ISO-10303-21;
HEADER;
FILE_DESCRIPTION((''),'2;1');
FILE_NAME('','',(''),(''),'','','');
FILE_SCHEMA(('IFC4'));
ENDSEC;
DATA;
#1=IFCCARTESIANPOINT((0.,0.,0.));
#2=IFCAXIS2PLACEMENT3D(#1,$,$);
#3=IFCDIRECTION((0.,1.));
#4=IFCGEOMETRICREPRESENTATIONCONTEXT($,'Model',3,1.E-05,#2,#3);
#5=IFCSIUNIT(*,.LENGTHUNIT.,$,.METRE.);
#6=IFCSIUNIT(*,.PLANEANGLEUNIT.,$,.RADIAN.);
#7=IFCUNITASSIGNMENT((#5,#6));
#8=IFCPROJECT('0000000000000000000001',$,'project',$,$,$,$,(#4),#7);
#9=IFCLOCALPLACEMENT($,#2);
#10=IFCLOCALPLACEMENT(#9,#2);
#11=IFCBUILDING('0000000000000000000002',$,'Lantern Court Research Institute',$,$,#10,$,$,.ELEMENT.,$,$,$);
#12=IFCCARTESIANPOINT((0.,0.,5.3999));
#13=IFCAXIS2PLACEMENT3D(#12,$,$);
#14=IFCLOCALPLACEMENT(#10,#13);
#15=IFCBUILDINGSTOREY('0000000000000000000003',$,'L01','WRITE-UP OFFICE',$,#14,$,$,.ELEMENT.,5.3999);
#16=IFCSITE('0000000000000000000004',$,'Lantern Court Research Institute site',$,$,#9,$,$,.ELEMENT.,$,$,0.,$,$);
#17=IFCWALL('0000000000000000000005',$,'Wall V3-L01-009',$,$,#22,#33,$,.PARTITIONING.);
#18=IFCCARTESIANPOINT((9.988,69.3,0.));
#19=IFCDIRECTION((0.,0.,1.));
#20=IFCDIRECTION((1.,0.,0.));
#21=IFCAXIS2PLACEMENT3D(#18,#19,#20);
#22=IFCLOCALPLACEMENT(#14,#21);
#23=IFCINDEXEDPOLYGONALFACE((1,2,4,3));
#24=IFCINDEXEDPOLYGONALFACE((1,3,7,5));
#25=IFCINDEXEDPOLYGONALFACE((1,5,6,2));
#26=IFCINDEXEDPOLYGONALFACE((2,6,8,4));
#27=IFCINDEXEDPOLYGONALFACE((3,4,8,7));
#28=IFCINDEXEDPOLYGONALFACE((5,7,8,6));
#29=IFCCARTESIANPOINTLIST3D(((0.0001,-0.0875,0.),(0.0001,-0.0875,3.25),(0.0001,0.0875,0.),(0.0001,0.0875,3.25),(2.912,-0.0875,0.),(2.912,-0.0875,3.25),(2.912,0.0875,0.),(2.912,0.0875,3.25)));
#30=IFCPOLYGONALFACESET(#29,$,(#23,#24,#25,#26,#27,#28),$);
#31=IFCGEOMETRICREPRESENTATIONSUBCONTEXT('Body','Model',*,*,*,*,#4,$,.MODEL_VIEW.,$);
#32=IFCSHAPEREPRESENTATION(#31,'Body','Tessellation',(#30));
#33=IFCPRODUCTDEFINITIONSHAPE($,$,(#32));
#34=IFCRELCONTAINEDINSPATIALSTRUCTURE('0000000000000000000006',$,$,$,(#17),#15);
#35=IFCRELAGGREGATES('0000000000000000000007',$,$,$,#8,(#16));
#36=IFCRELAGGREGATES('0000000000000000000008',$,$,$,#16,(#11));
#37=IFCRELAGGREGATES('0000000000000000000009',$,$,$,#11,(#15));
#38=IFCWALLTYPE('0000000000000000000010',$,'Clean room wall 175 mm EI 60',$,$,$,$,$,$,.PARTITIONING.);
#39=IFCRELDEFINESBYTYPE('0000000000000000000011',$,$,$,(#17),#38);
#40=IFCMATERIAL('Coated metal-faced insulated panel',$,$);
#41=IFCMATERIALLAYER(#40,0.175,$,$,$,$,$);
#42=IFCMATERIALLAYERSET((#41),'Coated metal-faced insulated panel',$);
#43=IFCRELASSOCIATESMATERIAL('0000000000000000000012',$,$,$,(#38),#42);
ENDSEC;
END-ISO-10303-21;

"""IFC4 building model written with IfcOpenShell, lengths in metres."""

from ifc_helpers import new_model, si_unit, direction, frame, frame_2d, origin, place, context, subcontext, project, spatial, rectangle, extrude, material, layer, layer_set, type_object, element, save


model = new_model("IFC4")

# Units and contexts
model_context = context("Model", 3, precision=1e-05, world=origin(), true_north=direction((0.0, 1.0)))
body_context = subcontext(model_context, "Body", "Model", "MODEL_VIEW")
ifc_project = project(units=[si_unit("LENGTHUNIT", "METRE"), si_unit("PLANEANGLEUNIT", "RADIAN")], contexts=[model_context])

# Site, building, storey
site_placement = place(None, origin())
site = spatial("IfcSite", under=ifc_project, at=site_placement, Name="Lantern Court Research Institute site", CompositionType="ELEMENT", RefElevation=0.0)
building_placement = place(site_placement, origin())
building = spatial("IfcBuilding", under=site, at=building_placement, Name="Lantern Court Research Institute", CompositionType="ELEMENT")
storey_placement = place(building_placement, frame((0.0, 0.0, 5.3999)))
storey = spatial("IfcBuildingStorey", under=building, at=storey_placement, Name="L01", Description="WRITE-UP OFFICE", CompositionType="ELEMENT", Elevation=5.3999)

# Wall
ifc_material_1 = material(Name="Coated metal-faced insulated panel")
ifc_layer_1 = layer(ifc_material_1, 0.175)
ifc_layer_set_1 = layer_set([ifc_layer_1], Name="Coated metal-faced insulated panel")
wall_type_1 = type_object("IfcWallType", Name="Clean room wall 175 mm EI 60", PredefinedType="PARTITIONING", material=ifc_layer_set_1)
wall_1_placement = place(storey_placement, frame((9.988, 69.3, 0.0), z_axis=(0.0, 0.0, 1.0), x_axis=(1.0, 0.0, 0.0)))
element("IfcWall", 1, at=wall_1_placement, inside=storey, type_object=wall_type_1, Name="Wall V3-L01-009", PredefinedType="PARTITIONING", context=body_context, shape_type="SweptSolid", body=[
    extrude(rectangle(XDim=2.9119, YDim=0.175, at=frame_2d((1.4561, 0.0))), origin(), (0.0, 0.0, 1.0), 3.25),
])

save(model, "model.ifc")
